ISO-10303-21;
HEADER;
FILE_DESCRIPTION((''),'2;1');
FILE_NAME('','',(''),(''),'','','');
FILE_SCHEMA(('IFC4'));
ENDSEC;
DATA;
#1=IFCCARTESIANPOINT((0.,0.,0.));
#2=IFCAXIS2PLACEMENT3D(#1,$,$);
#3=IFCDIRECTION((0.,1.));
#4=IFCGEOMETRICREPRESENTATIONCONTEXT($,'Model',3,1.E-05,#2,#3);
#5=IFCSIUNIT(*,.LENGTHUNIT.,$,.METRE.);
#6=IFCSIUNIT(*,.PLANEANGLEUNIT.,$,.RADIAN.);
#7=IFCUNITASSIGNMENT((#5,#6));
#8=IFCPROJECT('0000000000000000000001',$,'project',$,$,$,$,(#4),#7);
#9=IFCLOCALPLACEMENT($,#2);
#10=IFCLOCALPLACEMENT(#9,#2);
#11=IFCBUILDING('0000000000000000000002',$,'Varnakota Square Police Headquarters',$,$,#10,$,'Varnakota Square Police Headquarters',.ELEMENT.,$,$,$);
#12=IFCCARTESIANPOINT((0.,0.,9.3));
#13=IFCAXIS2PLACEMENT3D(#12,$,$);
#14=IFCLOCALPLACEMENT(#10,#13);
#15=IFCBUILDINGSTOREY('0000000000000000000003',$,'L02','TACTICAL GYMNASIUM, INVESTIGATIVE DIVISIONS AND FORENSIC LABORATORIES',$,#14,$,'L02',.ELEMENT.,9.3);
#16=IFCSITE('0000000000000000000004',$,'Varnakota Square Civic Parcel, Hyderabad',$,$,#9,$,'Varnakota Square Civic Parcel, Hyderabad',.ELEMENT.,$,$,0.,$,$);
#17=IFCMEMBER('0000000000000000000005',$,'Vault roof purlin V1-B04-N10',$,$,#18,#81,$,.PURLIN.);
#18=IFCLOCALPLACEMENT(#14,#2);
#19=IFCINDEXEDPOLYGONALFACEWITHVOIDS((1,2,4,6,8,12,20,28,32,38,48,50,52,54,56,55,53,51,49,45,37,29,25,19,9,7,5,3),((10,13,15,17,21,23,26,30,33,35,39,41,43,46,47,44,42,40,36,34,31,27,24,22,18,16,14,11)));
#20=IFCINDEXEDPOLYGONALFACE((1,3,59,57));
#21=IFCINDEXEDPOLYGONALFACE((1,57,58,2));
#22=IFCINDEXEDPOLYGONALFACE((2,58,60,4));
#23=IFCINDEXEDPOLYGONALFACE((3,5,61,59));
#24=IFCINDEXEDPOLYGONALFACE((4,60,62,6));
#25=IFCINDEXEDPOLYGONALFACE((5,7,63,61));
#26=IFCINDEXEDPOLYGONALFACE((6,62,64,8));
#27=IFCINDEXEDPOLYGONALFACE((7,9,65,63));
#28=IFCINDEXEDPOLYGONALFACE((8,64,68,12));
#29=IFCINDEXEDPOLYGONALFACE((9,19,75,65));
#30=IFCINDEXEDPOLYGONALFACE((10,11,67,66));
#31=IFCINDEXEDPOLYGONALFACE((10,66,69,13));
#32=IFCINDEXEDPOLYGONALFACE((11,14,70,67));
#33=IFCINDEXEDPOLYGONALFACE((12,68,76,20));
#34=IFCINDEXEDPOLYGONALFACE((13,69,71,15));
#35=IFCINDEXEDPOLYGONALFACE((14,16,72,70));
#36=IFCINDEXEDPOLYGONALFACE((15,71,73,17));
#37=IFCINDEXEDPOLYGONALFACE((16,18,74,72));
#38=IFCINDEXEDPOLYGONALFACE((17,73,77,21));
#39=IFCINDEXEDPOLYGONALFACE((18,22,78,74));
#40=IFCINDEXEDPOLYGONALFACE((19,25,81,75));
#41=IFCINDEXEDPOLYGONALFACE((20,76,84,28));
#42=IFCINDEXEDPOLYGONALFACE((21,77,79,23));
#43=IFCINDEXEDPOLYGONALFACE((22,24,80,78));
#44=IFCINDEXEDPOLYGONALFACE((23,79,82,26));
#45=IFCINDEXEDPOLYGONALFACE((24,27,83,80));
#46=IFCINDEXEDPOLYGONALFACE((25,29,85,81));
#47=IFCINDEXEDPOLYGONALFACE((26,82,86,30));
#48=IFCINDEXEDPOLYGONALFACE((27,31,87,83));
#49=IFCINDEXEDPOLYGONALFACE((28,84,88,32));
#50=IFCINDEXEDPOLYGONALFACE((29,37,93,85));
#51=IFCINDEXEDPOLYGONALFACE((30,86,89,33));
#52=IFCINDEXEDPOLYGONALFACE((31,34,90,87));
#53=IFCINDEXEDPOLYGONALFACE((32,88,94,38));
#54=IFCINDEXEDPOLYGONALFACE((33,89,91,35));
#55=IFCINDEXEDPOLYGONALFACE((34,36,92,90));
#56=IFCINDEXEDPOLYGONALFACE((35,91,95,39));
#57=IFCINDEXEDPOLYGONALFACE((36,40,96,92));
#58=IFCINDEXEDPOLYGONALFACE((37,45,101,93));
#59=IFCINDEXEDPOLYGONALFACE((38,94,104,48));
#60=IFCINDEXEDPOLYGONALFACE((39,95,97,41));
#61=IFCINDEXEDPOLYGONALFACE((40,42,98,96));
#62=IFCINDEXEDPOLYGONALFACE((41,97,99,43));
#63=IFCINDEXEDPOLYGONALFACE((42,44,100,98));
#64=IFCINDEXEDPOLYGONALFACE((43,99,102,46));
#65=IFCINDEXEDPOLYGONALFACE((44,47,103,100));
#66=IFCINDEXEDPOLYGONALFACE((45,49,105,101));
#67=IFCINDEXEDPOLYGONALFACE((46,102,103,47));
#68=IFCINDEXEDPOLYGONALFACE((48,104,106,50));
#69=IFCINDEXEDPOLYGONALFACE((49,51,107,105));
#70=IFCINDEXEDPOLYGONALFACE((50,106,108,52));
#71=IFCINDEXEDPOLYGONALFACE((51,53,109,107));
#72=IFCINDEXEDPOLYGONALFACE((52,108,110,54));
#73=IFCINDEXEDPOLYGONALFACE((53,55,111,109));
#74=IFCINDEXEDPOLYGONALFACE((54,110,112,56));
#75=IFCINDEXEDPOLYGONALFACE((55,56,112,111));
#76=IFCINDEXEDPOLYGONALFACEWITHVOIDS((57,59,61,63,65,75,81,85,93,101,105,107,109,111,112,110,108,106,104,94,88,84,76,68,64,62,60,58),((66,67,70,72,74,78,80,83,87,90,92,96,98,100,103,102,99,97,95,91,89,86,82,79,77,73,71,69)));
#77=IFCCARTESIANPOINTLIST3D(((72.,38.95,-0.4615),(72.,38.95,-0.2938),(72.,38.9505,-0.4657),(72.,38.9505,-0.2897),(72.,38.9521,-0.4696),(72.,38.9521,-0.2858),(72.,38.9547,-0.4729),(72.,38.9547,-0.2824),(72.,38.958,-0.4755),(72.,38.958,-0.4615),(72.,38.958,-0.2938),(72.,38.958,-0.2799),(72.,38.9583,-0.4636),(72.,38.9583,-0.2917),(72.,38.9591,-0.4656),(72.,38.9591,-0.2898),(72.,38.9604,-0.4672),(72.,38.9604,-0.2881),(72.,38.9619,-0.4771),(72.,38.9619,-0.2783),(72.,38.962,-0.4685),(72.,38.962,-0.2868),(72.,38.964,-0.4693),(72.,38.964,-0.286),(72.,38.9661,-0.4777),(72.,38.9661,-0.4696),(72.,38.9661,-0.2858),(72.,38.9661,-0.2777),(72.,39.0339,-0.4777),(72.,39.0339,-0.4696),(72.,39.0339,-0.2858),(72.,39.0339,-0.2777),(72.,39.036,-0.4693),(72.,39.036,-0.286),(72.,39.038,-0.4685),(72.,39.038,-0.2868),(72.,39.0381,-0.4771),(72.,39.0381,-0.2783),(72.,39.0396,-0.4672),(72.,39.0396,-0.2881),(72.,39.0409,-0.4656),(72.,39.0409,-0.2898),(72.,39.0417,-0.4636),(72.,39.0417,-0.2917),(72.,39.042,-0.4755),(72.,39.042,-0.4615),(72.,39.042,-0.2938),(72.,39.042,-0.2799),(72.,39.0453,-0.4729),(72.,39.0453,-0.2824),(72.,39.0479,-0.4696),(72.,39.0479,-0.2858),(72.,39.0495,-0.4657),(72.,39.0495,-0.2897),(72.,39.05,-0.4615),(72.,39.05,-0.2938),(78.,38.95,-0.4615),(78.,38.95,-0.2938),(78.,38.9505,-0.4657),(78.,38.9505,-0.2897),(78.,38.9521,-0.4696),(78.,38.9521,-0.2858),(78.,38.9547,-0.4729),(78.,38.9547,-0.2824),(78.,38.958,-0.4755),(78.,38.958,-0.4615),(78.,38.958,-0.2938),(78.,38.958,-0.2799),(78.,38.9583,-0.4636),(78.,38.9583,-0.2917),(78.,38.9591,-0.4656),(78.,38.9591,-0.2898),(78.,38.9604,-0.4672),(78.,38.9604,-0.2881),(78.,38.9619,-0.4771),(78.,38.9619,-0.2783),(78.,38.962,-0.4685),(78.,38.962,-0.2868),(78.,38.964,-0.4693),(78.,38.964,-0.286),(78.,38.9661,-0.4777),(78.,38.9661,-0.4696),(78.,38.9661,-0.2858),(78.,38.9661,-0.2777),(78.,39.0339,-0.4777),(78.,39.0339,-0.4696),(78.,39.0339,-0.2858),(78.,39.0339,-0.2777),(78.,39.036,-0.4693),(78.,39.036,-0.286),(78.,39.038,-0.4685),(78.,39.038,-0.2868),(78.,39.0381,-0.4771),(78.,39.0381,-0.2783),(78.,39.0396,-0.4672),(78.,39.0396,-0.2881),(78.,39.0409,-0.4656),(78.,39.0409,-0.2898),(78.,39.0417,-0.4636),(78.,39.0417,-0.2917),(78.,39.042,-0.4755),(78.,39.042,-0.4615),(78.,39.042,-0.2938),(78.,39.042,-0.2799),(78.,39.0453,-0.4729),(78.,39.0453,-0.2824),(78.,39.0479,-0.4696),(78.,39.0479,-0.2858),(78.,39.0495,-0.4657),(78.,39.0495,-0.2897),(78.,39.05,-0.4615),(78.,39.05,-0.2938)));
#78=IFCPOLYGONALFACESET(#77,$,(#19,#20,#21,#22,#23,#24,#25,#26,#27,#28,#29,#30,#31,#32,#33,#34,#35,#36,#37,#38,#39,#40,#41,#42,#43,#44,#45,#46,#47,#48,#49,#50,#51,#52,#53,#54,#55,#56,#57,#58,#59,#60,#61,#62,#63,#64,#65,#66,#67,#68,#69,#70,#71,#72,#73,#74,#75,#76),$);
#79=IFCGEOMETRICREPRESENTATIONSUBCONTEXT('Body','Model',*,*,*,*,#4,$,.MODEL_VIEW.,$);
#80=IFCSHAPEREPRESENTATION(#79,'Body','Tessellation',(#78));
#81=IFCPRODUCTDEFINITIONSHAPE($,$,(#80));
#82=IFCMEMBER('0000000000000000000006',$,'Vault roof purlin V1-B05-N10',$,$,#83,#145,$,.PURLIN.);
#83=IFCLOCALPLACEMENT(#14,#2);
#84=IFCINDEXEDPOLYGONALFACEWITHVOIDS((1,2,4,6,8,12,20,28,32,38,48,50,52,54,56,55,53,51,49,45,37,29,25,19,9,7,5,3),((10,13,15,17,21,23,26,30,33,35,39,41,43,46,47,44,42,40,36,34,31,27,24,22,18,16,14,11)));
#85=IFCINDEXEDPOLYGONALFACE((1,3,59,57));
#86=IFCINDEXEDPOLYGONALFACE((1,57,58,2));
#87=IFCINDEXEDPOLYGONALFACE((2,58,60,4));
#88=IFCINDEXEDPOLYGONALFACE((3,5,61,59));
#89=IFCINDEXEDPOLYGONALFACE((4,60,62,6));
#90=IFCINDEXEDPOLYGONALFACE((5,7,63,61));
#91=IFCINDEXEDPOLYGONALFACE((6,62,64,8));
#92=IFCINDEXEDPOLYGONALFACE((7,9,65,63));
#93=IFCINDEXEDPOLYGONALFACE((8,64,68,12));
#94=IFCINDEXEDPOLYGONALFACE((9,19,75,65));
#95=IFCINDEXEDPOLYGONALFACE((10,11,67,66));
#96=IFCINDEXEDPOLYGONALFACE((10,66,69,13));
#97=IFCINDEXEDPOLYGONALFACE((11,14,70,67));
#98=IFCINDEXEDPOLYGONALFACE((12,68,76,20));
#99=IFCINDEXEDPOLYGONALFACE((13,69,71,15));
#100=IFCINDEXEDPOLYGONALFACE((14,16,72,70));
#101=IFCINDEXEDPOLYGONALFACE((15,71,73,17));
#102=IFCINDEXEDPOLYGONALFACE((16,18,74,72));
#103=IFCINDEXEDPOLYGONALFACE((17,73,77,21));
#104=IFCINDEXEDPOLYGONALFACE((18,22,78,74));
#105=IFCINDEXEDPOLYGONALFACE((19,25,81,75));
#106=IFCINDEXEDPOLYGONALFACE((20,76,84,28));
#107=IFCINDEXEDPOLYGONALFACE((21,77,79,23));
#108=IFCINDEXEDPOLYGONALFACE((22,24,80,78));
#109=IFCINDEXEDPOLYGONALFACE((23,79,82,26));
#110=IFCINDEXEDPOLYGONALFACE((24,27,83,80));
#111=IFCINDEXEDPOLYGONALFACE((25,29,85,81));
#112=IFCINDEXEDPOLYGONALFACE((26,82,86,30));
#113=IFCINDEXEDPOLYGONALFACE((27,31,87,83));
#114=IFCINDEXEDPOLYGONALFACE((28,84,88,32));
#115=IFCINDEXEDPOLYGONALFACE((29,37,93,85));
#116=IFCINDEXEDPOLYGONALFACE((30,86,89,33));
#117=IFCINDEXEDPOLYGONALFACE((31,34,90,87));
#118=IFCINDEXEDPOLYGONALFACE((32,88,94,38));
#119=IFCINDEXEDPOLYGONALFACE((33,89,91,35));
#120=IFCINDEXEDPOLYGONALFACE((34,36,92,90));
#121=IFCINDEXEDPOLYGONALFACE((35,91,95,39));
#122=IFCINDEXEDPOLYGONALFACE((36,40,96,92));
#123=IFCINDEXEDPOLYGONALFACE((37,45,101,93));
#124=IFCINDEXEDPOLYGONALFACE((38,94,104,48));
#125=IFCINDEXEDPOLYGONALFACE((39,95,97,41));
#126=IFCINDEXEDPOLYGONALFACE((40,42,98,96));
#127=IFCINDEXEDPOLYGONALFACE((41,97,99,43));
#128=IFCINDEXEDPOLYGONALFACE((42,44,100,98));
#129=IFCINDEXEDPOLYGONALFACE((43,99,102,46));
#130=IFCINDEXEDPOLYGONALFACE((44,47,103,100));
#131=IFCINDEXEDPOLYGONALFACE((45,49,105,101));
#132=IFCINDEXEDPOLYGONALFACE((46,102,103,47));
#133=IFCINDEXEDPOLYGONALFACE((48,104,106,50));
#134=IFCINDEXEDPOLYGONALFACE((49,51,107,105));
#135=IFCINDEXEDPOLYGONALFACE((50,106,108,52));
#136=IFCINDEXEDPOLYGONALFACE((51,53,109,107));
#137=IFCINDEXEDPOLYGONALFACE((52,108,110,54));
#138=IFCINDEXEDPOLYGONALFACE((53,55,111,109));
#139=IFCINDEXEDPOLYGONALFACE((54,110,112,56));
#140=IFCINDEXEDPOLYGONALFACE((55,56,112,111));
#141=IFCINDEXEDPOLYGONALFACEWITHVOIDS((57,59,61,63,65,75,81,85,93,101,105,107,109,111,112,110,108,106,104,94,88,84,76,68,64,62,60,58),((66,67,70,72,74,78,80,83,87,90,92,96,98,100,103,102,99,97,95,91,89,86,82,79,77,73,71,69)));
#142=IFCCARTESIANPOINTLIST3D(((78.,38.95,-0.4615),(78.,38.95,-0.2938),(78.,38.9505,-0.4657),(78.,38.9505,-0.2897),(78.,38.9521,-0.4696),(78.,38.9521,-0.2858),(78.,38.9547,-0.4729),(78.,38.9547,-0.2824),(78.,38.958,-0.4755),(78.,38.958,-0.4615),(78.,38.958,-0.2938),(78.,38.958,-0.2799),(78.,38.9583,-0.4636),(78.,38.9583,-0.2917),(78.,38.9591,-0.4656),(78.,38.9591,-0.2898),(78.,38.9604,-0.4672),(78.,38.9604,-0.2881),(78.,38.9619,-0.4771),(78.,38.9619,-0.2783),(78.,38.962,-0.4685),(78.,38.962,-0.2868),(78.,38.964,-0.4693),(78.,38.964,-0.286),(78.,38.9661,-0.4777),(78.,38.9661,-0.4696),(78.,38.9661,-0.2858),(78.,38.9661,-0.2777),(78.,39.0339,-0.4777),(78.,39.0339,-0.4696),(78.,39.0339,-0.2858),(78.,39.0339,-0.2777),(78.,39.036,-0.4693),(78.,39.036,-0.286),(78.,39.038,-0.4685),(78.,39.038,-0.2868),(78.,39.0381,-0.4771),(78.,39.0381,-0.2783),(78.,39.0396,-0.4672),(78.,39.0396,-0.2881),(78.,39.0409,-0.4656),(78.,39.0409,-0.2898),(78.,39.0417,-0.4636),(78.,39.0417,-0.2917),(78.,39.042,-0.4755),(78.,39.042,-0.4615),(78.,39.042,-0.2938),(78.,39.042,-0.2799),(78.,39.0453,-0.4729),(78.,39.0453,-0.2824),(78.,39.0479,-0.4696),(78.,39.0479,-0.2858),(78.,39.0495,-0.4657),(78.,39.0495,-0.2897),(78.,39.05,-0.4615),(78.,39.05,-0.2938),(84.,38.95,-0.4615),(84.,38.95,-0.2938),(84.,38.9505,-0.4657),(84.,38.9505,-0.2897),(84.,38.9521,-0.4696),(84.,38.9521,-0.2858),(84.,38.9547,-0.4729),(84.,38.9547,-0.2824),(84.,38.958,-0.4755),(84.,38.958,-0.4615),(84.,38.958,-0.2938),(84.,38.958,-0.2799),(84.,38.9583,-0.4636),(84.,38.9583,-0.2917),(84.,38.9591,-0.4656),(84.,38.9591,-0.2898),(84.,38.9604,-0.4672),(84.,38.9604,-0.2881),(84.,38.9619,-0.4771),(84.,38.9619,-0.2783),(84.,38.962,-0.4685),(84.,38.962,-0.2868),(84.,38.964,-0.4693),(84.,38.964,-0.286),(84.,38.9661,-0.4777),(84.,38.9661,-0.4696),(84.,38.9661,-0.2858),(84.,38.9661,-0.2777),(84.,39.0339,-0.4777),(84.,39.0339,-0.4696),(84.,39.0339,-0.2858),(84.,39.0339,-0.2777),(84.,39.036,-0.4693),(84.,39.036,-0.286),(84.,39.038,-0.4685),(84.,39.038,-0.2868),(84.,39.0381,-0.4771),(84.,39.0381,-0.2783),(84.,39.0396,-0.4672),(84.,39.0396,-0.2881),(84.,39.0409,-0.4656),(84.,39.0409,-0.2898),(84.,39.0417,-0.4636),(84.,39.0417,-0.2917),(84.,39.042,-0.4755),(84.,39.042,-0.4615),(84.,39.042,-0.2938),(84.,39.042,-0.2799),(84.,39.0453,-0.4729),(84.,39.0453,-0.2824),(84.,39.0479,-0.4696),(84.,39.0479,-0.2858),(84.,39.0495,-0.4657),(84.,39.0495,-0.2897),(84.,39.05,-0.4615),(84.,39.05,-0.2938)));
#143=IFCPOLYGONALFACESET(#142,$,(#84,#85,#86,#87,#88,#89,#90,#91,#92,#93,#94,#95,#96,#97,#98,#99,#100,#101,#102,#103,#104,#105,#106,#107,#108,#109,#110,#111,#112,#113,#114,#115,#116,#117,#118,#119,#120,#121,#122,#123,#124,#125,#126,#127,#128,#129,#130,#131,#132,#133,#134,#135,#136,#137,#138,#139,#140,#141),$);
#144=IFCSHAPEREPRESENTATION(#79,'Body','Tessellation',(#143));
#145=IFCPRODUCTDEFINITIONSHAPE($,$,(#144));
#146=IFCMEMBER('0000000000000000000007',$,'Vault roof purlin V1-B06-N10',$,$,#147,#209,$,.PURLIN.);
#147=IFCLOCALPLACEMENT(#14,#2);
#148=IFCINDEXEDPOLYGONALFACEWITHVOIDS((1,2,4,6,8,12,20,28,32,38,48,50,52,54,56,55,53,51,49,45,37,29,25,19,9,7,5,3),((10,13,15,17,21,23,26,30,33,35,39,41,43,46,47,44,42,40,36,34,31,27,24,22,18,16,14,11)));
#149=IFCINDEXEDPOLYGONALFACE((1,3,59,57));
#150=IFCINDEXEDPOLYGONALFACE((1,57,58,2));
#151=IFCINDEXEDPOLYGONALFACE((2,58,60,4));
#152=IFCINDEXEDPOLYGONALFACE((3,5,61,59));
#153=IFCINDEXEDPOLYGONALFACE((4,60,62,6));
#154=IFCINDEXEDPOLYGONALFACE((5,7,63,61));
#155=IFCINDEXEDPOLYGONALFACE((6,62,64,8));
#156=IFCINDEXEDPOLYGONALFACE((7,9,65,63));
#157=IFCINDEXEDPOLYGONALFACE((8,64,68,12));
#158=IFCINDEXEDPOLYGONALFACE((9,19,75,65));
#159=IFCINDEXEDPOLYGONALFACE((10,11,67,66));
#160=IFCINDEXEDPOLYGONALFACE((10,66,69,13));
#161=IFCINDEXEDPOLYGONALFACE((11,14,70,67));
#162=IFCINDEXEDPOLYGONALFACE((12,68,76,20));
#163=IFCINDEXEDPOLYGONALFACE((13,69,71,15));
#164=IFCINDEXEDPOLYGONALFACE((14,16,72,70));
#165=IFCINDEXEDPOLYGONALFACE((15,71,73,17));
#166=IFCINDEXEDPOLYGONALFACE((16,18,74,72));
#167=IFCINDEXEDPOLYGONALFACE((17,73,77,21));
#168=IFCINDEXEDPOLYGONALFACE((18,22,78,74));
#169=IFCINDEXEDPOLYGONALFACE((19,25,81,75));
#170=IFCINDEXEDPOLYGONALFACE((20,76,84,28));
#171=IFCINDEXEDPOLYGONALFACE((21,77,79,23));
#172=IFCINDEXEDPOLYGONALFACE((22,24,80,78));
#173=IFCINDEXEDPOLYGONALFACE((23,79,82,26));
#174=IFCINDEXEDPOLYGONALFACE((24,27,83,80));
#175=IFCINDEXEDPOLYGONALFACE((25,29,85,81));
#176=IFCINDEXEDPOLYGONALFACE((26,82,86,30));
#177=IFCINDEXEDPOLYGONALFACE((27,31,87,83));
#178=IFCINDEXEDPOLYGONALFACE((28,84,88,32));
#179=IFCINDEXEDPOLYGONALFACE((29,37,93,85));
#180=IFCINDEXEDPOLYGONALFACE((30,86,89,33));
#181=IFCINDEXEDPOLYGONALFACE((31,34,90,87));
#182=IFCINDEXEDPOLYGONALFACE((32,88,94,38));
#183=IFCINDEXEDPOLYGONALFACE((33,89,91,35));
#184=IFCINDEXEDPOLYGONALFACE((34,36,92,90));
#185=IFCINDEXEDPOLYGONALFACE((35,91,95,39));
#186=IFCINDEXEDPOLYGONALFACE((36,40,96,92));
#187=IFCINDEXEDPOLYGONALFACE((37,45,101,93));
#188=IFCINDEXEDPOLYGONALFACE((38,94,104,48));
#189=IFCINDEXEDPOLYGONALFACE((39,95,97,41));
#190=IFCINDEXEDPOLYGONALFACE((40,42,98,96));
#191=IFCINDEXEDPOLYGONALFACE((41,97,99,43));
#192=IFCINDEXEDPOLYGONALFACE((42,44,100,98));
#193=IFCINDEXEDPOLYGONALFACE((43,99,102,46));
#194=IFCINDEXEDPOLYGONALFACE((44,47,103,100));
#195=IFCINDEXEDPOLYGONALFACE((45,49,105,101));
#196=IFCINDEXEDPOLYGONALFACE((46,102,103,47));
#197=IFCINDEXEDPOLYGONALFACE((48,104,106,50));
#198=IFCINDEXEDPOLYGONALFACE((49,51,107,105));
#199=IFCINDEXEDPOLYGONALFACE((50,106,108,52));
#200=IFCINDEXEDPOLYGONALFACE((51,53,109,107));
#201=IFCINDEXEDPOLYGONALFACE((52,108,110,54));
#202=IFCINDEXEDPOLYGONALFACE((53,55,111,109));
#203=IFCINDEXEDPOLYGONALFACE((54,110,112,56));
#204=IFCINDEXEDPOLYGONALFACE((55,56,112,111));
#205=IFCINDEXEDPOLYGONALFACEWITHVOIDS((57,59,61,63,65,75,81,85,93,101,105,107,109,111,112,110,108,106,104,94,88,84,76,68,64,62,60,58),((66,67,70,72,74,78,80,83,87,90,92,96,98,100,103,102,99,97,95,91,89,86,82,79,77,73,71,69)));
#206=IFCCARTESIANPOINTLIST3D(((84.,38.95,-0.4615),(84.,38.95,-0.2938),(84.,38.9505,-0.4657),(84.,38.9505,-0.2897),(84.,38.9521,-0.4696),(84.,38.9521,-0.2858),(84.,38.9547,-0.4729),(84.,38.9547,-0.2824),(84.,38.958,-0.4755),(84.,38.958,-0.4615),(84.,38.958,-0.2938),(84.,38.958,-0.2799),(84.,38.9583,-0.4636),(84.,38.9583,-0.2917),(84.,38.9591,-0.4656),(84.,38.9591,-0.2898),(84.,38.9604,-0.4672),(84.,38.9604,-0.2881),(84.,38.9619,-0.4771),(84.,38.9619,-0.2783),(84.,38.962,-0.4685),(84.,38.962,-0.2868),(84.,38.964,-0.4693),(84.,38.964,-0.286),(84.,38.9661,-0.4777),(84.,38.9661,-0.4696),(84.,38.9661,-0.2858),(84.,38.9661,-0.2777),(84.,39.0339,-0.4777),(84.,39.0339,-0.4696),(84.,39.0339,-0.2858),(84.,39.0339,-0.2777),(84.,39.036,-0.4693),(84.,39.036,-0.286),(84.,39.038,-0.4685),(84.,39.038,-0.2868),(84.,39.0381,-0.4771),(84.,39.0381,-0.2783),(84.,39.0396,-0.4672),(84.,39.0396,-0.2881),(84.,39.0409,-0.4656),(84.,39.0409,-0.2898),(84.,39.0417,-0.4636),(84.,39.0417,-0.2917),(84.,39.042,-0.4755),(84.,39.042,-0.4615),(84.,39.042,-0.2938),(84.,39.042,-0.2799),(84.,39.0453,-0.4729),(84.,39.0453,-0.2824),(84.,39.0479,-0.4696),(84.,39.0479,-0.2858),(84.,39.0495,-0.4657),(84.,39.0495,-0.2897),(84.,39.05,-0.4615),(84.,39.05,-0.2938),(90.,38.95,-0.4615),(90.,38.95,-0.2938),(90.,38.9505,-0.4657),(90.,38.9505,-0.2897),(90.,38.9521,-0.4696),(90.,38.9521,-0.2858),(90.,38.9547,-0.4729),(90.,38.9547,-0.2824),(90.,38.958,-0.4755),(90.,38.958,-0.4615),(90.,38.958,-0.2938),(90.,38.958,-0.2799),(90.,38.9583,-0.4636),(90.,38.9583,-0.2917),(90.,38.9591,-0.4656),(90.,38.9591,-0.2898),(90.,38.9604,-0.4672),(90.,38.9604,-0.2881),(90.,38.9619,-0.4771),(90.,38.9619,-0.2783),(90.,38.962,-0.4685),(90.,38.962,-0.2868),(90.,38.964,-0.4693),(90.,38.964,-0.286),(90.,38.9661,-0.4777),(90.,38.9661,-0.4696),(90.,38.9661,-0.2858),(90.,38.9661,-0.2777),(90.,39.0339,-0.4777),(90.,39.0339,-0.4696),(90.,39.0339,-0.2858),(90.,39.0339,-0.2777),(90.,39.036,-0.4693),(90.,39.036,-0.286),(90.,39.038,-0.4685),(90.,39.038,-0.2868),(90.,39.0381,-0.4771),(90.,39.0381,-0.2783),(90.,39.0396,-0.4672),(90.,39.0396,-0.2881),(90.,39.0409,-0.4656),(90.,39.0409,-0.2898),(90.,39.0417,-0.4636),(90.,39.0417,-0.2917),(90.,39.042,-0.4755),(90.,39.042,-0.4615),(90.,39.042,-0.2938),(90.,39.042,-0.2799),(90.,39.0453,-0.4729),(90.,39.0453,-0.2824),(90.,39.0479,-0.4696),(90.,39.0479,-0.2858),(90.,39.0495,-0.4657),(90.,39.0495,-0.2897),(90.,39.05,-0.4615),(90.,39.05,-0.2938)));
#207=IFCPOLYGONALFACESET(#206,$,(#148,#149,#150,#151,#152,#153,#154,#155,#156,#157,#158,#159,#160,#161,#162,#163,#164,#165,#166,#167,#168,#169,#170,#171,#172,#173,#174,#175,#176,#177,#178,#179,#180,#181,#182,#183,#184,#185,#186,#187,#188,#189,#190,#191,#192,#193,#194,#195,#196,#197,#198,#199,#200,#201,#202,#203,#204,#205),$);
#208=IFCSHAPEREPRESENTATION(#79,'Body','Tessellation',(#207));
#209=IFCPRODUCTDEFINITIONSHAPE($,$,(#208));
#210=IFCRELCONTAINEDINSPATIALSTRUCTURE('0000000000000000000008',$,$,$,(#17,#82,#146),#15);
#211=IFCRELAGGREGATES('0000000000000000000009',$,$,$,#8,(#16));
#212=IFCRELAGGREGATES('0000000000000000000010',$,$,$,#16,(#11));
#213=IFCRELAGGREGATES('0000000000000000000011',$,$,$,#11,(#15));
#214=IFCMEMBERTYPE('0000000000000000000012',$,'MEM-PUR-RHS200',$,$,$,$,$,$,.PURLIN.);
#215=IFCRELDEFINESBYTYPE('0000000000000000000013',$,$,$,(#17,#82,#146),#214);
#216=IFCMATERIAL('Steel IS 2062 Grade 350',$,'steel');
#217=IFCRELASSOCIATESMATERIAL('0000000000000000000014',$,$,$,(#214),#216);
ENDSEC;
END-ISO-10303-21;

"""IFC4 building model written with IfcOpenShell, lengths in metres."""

from ifc_helpers import new_model, si_unit, direction, frame, origin, origin_2d, place, context, subcontext, project, spatial, hollow_rectangle, extrude, material, material_profile, profile_set, type_object, element, save


model = new_model("IFC4")

# Units and contexts
model_context = context("Model", 3, precision=1e-05, world=origin(), true_north=direction((0.0, 1.0)))
body_context = subcontext(model_context, "Body", "Model", "MODEL_VIEW")
ifc_project = project(units=[si_unit("LENGTHUNIT", "METRE"), si_unit("PLANEANGLEUNIT", "RADIAN")], contexts=[model_context])

# Site, building, storey
site_placement = place(None, origin())
site = spatial("IfcSite", under=ifc_project, at=site_placement, Name="Varnakota Square Civic Parcel, Hyderabad", LongName="Varnakota Square Civic Parcel, Hyderabad", CompositionType="ELEMENT", RefElevation=0.0)
building_placement = place(site_placement, origin())
building = spatial("IfcBuilding", under=site, at=building_placement, Name="Varnakota Square Police Headquarters", LongName="Varnakota Square Police Headquarters", CompositionType="ELEMENT")
storey_placement = place(building_placement, frame((0.0, 0.0, 9.3)))
storey = spatial("IfcBuildingStorey", under=building, at=storey_placement, Name="L02", Description="TACTICAL GYMNASIUM, INVESTIGATIVE DIVISIONS AND FORENSIC LABORATORIES", LongName="L02", CompositionType="ELEMENT", Elevation=9.3)

# Shared definitions
ifc_material_1 = material(Name="Steel IS 2062 Grade 350", Category="steel")

# Members
ifc_material_profile_1 = material_profile(ifc_material_1, hollow_rectangle(XDim=0.1001, YDim=0.2, WallThickness=0.0081, InnerFilletRadius=0.0081, OuterFilletRadius=0.0161, at=origin_2d()), Name="RHS 200x100x8")
ifc_profile_set_1 = profile_set([ifc_material_profile_1], Name="Steel IS 2062 Grade 350")
member_type_1 = type_object("IfcMemberType", Name="MEM-PUR-RHS200", PredefinedType="PURLIN", material=ifc_profile_set_1)
for number, where, z_axis, x_axis, name in (
    (1, (72.0, 39.0, -0.3777), (1.0, 0.0, 0.0), (0.0, 1.0, 0.0), "Vault roof purlin V1-B04-N10"),
    (2, (78.0, 39.0, -0.3777), (1.0, 0.0, 0.0), (0.0, 1.0, 0.0), "Vault roof purlin V1-B05-N10"),
    (3, (84.0, 39.0, -0.3777), (1.0, 0.0, 0.0), (0.0, 1.0, 0.0), "Vault roof purlin V1-B06-N10"),
):
    element("IfcMember", number, at=place(storey_placement, frame(where, z_axis=z_axis, x_axis=x_axis)), inside=storey, type_object=member_type_1, Name=name, PredefinedType="PURLIN", context=body_context, shape_type="SweptSolid", body=[
        extrude(hollow_rectangle(XDim=0.1001, YDim=0.2, WallThickness=0.0081, InnerFilletRadius=0.0081, OuterFilletRadius=0.0161, at=origin_2d()), origin(), (0.0, 0.0, 1.0), 6.0),
    ])

save(model, "model.ifc")
